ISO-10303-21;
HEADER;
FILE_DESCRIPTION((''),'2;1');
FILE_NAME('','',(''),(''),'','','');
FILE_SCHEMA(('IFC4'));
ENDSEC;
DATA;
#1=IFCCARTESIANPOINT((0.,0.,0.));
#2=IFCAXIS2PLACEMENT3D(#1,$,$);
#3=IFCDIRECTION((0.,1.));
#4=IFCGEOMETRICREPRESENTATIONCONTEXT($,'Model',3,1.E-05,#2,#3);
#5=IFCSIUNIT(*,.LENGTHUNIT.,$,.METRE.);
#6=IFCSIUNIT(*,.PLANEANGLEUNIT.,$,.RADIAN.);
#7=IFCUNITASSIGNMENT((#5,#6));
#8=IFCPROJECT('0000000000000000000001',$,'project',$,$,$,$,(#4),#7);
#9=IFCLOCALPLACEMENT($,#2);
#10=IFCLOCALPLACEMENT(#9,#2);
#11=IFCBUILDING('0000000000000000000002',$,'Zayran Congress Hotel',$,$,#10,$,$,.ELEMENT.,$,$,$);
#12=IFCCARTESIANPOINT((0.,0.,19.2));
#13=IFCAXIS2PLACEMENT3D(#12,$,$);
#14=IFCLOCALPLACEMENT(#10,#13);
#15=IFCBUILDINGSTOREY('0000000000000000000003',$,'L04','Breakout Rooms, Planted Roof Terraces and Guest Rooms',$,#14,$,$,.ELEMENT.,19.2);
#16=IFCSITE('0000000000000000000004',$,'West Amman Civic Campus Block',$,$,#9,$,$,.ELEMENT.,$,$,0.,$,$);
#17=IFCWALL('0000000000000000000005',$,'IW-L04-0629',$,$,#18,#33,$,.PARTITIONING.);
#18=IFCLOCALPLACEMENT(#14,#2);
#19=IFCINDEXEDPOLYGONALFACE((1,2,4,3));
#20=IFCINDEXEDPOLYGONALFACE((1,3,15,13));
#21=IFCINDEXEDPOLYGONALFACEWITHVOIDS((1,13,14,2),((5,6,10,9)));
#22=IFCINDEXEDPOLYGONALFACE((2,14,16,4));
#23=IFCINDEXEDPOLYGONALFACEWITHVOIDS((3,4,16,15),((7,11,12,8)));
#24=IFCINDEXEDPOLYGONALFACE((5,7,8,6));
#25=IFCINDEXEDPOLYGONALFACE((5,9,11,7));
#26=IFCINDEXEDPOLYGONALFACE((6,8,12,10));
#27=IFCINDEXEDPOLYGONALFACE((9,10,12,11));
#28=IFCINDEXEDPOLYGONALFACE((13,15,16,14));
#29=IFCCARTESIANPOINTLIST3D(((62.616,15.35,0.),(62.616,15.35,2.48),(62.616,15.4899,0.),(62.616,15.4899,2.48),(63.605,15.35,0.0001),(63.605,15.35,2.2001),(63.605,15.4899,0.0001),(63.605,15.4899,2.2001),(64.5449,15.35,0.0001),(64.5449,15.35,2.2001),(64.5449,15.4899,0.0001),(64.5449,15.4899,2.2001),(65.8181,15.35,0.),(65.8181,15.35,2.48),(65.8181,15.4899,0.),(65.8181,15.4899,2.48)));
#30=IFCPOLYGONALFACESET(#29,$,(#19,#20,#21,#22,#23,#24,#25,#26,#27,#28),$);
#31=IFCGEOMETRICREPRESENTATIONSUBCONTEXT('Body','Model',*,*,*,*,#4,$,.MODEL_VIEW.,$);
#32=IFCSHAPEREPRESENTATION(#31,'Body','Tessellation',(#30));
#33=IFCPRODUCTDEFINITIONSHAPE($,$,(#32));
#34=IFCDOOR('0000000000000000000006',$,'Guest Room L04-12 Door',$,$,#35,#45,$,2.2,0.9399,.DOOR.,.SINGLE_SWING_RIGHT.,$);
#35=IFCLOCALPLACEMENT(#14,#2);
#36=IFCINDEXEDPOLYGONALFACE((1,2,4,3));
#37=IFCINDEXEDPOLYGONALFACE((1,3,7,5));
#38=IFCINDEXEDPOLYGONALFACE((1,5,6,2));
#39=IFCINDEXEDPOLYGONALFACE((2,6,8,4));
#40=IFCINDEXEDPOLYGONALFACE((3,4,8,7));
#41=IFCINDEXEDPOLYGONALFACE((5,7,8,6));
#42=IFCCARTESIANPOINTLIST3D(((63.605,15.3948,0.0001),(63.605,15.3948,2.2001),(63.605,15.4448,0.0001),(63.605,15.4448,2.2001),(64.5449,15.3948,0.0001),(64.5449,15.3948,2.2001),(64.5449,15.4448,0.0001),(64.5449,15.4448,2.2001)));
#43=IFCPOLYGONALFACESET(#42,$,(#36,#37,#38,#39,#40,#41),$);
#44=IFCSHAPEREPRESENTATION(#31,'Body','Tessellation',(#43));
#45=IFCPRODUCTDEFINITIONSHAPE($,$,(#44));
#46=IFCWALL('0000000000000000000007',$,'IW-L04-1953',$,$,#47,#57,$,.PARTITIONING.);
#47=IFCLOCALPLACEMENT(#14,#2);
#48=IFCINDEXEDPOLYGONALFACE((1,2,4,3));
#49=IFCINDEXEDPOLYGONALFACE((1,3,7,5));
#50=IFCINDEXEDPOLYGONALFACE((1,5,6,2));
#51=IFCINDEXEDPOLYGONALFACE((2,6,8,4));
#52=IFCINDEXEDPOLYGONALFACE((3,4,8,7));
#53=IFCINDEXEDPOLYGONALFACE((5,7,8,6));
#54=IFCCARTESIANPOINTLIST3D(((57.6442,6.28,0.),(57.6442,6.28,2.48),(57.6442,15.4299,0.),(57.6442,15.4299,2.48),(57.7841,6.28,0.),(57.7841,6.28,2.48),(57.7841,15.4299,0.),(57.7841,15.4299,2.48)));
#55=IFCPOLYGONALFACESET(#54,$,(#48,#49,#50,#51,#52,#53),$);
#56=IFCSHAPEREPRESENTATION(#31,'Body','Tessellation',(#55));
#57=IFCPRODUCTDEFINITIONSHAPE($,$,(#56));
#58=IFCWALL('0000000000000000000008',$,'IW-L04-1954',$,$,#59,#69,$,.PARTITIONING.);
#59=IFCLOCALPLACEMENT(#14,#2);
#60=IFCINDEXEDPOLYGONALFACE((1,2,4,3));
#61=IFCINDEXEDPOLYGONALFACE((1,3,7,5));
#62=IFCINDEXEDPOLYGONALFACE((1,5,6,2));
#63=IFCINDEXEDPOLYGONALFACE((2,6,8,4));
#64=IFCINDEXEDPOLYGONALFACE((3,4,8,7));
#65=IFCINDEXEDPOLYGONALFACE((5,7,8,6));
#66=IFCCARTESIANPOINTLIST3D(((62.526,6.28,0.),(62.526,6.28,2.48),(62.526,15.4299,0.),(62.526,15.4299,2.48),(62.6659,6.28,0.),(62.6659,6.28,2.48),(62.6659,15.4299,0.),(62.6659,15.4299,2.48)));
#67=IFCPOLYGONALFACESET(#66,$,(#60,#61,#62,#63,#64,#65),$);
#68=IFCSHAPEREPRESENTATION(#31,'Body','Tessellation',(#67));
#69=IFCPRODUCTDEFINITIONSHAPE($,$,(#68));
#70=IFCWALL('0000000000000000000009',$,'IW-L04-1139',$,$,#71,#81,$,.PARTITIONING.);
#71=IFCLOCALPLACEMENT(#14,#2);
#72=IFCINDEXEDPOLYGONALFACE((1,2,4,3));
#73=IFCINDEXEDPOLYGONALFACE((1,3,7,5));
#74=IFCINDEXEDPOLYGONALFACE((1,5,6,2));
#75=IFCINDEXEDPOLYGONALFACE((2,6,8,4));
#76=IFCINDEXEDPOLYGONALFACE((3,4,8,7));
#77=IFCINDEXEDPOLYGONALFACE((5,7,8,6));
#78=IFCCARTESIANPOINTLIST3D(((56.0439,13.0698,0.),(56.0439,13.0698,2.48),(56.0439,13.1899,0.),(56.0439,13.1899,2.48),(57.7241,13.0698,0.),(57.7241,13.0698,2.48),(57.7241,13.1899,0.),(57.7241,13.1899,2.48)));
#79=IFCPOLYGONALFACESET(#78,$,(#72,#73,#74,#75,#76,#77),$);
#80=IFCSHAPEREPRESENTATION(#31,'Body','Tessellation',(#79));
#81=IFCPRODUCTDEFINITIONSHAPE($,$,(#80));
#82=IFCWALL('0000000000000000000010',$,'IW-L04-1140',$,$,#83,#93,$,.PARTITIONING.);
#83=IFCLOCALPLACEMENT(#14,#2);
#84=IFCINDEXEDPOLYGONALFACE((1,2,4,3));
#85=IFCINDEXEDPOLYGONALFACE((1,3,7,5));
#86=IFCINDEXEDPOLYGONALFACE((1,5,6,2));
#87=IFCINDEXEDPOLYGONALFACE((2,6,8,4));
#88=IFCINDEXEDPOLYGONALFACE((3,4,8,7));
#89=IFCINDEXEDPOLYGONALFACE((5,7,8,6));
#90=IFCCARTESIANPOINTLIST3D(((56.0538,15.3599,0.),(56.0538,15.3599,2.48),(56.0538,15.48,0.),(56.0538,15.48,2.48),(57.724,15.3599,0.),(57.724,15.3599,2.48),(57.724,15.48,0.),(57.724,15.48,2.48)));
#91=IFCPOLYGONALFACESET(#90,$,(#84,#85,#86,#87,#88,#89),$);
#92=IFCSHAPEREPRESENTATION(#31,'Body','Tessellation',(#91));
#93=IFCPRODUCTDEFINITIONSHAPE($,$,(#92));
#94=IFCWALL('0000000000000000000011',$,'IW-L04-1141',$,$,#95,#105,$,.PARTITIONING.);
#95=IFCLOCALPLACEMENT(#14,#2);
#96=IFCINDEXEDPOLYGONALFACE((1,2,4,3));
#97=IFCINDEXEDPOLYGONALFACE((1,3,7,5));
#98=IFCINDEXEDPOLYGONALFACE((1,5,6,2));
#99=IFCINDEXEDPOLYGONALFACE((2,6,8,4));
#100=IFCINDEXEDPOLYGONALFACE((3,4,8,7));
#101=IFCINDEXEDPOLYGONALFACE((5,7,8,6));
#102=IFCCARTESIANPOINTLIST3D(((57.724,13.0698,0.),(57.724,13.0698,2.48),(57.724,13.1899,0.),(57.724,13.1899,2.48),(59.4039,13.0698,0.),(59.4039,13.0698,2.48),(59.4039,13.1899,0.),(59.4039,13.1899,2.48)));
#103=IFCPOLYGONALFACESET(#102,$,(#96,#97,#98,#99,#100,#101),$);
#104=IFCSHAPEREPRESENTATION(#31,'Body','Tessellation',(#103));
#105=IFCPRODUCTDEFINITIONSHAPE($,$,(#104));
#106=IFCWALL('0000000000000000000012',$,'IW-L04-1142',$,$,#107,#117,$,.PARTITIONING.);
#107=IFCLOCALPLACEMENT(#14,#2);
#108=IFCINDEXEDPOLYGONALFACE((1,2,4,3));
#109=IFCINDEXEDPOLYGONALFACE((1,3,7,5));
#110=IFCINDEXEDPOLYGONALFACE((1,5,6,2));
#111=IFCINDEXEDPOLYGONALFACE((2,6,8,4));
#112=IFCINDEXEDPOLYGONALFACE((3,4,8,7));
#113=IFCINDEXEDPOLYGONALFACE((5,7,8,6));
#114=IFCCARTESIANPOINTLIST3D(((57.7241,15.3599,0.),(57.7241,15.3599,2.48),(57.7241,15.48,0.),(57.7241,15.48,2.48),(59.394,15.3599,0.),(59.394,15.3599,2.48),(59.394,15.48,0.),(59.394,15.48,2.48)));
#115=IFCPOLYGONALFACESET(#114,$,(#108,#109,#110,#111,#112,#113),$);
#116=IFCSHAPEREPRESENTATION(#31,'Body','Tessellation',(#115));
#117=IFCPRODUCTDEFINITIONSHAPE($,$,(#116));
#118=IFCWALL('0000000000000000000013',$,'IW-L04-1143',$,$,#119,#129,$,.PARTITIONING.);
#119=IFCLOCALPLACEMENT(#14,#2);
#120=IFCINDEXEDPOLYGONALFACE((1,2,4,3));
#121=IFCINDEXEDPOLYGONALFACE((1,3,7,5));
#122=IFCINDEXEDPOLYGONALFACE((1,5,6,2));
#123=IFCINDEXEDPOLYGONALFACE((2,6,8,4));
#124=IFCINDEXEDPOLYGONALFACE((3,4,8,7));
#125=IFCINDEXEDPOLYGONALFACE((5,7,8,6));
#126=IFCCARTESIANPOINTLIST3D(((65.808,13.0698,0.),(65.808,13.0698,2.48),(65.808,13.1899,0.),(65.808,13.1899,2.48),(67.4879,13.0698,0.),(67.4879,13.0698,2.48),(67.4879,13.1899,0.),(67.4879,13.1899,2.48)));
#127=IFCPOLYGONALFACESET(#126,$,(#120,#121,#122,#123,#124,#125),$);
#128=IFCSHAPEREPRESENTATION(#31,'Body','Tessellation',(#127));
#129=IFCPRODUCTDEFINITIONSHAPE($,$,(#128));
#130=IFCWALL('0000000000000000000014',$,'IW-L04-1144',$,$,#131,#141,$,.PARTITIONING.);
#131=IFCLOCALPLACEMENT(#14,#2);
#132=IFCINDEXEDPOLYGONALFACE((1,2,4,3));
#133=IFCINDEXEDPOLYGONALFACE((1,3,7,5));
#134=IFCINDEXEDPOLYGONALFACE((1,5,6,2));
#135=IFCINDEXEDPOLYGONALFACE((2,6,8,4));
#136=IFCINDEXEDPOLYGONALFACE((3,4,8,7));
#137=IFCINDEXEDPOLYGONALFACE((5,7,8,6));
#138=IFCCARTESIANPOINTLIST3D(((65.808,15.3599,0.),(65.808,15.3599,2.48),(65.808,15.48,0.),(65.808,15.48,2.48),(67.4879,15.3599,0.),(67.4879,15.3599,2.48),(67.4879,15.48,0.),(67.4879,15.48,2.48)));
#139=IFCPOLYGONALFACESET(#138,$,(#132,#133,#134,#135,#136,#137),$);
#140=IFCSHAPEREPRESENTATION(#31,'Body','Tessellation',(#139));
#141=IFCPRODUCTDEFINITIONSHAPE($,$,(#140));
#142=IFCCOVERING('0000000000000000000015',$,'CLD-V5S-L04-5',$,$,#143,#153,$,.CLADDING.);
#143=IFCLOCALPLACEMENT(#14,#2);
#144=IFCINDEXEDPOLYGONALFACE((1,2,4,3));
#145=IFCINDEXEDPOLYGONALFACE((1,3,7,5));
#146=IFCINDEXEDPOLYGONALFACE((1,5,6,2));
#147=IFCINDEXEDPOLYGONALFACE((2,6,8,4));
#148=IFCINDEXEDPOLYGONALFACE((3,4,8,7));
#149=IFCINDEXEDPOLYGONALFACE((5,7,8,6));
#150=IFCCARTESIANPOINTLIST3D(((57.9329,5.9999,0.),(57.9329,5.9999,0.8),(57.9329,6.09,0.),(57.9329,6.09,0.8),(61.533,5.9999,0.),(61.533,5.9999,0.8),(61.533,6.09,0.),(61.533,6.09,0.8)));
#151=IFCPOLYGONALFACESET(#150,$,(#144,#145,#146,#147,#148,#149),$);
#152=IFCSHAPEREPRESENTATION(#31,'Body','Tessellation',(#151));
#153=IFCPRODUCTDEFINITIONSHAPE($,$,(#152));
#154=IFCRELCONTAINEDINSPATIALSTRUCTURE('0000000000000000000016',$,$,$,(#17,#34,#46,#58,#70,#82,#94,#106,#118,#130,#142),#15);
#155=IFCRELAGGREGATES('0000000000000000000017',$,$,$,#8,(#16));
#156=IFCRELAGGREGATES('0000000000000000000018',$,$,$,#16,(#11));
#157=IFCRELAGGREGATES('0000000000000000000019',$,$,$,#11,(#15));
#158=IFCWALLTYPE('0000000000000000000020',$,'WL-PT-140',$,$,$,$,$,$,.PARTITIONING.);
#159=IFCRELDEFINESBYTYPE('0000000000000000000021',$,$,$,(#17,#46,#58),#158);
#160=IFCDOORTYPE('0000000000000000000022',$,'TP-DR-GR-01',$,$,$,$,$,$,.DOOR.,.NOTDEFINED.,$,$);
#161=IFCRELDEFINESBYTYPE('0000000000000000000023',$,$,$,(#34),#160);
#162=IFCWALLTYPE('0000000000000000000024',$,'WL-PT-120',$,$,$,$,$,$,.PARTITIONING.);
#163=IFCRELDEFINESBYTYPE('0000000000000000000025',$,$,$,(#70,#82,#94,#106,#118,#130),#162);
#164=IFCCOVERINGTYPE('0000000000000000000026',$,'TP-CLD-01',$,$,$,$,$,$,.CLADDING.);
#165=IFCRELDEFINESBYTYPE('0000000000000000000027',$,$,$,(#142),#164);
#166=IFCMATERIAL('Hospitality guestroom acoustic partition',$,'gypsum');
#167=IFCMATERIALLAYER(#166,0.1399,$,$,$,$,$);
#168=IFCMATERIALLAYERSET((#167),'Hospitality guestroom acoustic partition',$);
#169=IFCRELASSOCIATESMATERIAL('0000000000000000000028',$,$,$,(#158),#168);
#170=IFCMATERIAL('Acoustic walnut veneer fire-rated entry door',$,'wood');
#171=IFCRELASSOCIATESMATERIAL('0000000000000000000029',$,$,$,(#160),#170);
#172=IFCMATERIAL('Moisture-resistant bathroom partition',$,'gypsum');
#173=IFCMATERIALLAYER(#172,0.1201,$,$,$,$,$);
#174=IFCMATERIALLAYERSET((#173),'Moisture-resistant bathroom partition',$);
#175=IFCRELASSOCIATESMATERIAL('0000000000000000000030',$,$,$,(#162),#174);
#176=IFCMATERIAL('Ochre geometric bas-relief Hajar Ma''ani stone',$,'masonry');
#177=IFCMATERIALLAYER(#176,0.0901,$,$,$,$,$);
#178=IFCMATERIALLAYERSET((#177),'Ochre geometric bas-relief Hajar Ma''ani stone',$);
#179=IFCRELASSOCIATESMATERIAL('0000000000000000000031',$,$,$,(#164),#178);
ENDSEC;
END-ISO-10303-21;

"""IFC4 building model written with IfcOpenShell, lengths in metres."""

from ifc_helpers import new_model, si_unit, direction, frame, frame_2d, origin, origin_2d, place, context, subcontext, project, spatial, rectangle, extrude, material, layer, layer_set, type_object, element, fill, save


model = new_model("IFC4")

# Units and contexts
model_context = context("Model", 3, precision=1e-05, world=origin(), true_north=direction((0.0, 1.0)))
body_context = subcontext(model_context, "Body", "Model", "MODEL_VIEW")
ifc_project = project(units=[si_unit("LENGTHUNIT", "METRE"), si_unit("PLANEANGLEUNIT", "RADIAN")], contexts=[model_context])

# Site, building, storey
site_placement = place(None, origin())
site = spatial("IfcSite", under=ifc_project, at=site_placement, Name="West Amman Civic Campus Block", CompositionType="ELEMENT", RefElevation=0.0)
building_placement = place(site_placement, origin())
building = spatial("IfcBuilding", under=site, at=building_placement, Name="Zayran Congress Hotel", CompositionType="ELEMENT")
storey_placement = place(building_placement, frame((0.0, 0.0, 19.2)))
storey = spatial("IfcBuildingStorey", under=building, at=storey_placement, Name="L04", Description="Breakout Rooms, Planted Roof Terraces and Guest Rooms", CompositionType="ELEMENT", Elevation=19.2)

# Wall, opening, door
ifc_material_1 = material(Name="Hospitality guestroom acoustic partition", Category="gypsum")
ifc_layer_1 = layer(ifc_material_1, 0.1399)
ifc_layer_set_1 = layer_set([ifc_layer_1], Name="Hospitality guestroom acoustic partition")
wall_type_1 = type_object("IfcWallType", Name="WL-PT-140", PredefinedType="PARTITIONING", material=ifc_layer_set_1)
ifc_material_2 = material(Name="Acoustic walnut veneer fire-rated entry door", Category="wood")
door_type_1 = type_object("IfcDoorType", Name="TP-DR-GR-01", OperationType="NOTDEFINED", PredefinedType="DOOR", material=ifc_material_2)
wall_1_placement = place(storey_placement, frame((62.616, 15.4199, 0.0), z_axis=(0.0, 0.0, 1.0), x_axis=(1.0, 0.0, 0.0)))
wall_1 = element("IfcWall", 1, at=wall_1_placement, inside=storey, type_object=wall_type_1, Name="IW-L04-0629", PredefinedType="PARTITIONING", context=body_context, shape_type="SweptSolid", body=[
    extrude(rectangle(XDim=3.2021, YDim=0.1399, at=frame_2d((1.6011, 0.0))), origin(), (0.0, 0.0, 1.0), 2.48),
])
opening_1_placement = place(wall_1_placement, frame((0.989, 0.0, 0.0)))
opening_1 = element("IfcOpeningElement", 2, at=opening_1_placement, cuts=wall_1, PredefinedType="OPENING", context=body_context, shape_type="SweptSolid", body=[
    extrude(rectangle(XDim=0.9399, YDim=2.2, at=frame_2d((0.47, 1.1001))), frame((0.0, 0.0798, 0.0), z_axis=(0.0, -1.0, 0.0), x_axis=(1.0, 0.0, 0.0)), (0.0, 0.0, 1.0), 0.1599),
])
door_1_placement = place(opening_1_placement, origin())
door_1 = element("IfcDoor", 3, at=door_1_placement, inside=storey, type_object=door_type_1, Name="Guest Room L04-12 Door", OperationType="SINGLE_SWING_RIGHT", OverallHeight=2.2, OverallWidth=0.9399, PredefinedType="DOOR", context=body_context, shape_type="SweptSolid", body=[
    extrude(rectangle(XDim=0.9399, YDim=2.2, at=frame_2d((0.47, 1.1001))), frame((0.0, 0.0249, 0.0), z_axis=(0.0, -1.0, 0.0), x_axis=(1.0, 0.0, 0.0)), (0.0, 0.0, 1.0), 0.05),
])
fill(opening_1, door_1)

# Walls
for number, where, z_axis, x_axis, name in (
    (4, (57.7141, 6.28, 0.0), (0.0, 0.0, 1.0), (0.0, 1.0, 0.0), "IW-L04-1953"),
    (5, (62.5959, 6.28, 0.0), (0.0, 0.0, 1.0), (0.0, 1.0, 0.0), "IW-L04-1954"),
):
    element("IfcWall", number, at=place(storey_placement, frame(where, z_axis=z_axis, x_axis=x_axis)), inside=storey, type_object=wall_type_1, Name=name, PredefinedType="PARTITIONING", context=body_context, shape_type="SweptSolid", body=[
        extrude(rectangle(XDim=9.1499, YDim=0.1399, at=frame_2d((4.575, 0.0))), origin(), (0.0, 0.0, 1.0), 2.48),
    ])

# Shared definitions
ifc_material_3 = material(Name="Moisture-resistant bathroom partition", Category="gypsum")
ifc_layer_2 = layer(ifc_material_3, 0.1201)
ifc_layer_set_2 = layer_set([ifc_layer_2], Name="Moisture-resistant bathroom partition")
wall_type_2 = type_object("IfcWallType", Name="WL-PT-120", PredefinedType="PARTITIONING", material=ifc_layer_set_2)

# Walls
wall_2_placement = place(storey_placement, frame((56.0439, 13.1299, 0.0), z_axis=(0.0, 0.0, 1.0), x_axis=(1.0, 0.0, 0.0)))
element("IfcWall", 6, at=wall_2_placement, inside=storey, type_object=wall_type_2, Name="IW-L04-1139", PredefinedType="PARTITIONING", context=body_context, shape_type="SweptSolid", body=[
    extrude(rectangle(XDim=1.6802, YDim=0.1201, at=frame_2d((0.8401, 0.0))), origin(), (0.0, 0.0, 1.0), 2.48),
])
wall_3_placement = place(storey_placement, frame((56.054, 15.4199, 0.0), z_axis=(0.0, 0.0, 1.0), x_axis=(1.0, 0.0, 0.0)))
element("IfcWall", 7, at=wall_3_placement, inside=storey, type_object=wall_type_2, Name="IW-L04-1140", PredefinedType="PARTITIONING", context=body_context, shape_type="SweptSolid", body=[
    extrude(rectangle(XDim=1.6702, YDim=0.1201, at=frame_2d((0.835, 0.0))), origin(), (0.0, 0.0, 1.0), 2.48),
])
wall_4_placement = place(storey_placement, frame((57.7241, 13.1299, 0.0), z_axis=(0.0, 0.0, 1.0), x_axis=(1.0, 0.0, 0.0)))
element("IfcWall", 8, at=wall_4_placement, inside=storey, type_object=wall_type_2, Name="IW-L04-1141", PredefinedType="PARTITIONING", context=body_context, shape_type="SweptSolid", body=[
    extrude(rectangle(XDim=1.6799, YDim=0.1201, at=frame_2d((0.8398, 0.0))), origin(), (0.0, 0.0, 1.0), 2.48),
])
wall_5_placement = place(storey_placement, frame((57.7241, 15.4199, 0.0), z_axis=(0.0, 0.0, 1.0), x_axis=(1.0, 0.0, 0.0)))
element("IfcWall", 9, at=wall_5_placement, inside=storey, type_object=wall_type_2, Name="IW-L04-1142", PredefinedType="PARTITIONING", context=body_context, shape_type="SweptSolid", body=[
    extrude(rectangle(XDim=1.6699, YDim=0.1201, at=frame_2d((0.835, 0.0))), origin(), (0.0, 0.0, 1.0), 2.48),
])
for number, where, z_axis, x_axis, name in (
    (10, (65.8081, 13.1299, 0.0), (0.0, 0.0, 1.0), (1.0, 0.0, 0.0), "IW-L04-1143"),
    (11, (65.8081, 15.4199, 0.0), (0.0, 0.0, 1.0), (1.0, 0.0, 0.0), "IW-L04-1144"),
):
    element("IfcWall", number, at=place(storey_placement, frame(where, z_axis=z_axis, x_axis=x_axis)), inside=storey, type_object=wall_type_2, Name=name, PredefinedType="PARTITIONING", context=body_context, shape_type="SweptSolid", body=[
        extrude(rectangle(XDim=1.6799, YDim=0.1201, at=frame_2d((0.8398, 0.0))), origin(), (0.0, 0.0, 1.0), 2.48),
    ])

# Covering
ifc_material_4 = material(Name="Ochre geometric bas-relief Hajar Ma'ani stone", Category="masonry")
ifc_layer_3 = layer(ifc_material_4, 0.0901)
ifc_layer_set_3 = layer_set([ifc_layer_3], Name="Ochre geometric bas-relief Hajar Ma'ani stone")
covering_type = type_object("IfcCoveringType", Name="TP-CLD-01", PredefinedType="CLADDING", material=ifc_layer_set_3)
covering_placement = place(storey_placement, frame((59.7329, 6.0449, 0.0), z_axis=(0.0, 0.0, 1.0), x_axis=(1.0, 0.0, 0.0)))
element("IfcCovering", 12, at=covering_placement, inside=storey, type_object=covering_type, Name="CLD-V5S-L04-5", PredefinedType="CLADDING", context=body_context, shape_type="SweptSolid", body=[
    extrude(rectangle(XDim=3.6001, YDim=0.0901, at=origin_2d()), origin(), (0.0, 0.0, 1.0), 0.8),
])

save(model, "model.ifc")
